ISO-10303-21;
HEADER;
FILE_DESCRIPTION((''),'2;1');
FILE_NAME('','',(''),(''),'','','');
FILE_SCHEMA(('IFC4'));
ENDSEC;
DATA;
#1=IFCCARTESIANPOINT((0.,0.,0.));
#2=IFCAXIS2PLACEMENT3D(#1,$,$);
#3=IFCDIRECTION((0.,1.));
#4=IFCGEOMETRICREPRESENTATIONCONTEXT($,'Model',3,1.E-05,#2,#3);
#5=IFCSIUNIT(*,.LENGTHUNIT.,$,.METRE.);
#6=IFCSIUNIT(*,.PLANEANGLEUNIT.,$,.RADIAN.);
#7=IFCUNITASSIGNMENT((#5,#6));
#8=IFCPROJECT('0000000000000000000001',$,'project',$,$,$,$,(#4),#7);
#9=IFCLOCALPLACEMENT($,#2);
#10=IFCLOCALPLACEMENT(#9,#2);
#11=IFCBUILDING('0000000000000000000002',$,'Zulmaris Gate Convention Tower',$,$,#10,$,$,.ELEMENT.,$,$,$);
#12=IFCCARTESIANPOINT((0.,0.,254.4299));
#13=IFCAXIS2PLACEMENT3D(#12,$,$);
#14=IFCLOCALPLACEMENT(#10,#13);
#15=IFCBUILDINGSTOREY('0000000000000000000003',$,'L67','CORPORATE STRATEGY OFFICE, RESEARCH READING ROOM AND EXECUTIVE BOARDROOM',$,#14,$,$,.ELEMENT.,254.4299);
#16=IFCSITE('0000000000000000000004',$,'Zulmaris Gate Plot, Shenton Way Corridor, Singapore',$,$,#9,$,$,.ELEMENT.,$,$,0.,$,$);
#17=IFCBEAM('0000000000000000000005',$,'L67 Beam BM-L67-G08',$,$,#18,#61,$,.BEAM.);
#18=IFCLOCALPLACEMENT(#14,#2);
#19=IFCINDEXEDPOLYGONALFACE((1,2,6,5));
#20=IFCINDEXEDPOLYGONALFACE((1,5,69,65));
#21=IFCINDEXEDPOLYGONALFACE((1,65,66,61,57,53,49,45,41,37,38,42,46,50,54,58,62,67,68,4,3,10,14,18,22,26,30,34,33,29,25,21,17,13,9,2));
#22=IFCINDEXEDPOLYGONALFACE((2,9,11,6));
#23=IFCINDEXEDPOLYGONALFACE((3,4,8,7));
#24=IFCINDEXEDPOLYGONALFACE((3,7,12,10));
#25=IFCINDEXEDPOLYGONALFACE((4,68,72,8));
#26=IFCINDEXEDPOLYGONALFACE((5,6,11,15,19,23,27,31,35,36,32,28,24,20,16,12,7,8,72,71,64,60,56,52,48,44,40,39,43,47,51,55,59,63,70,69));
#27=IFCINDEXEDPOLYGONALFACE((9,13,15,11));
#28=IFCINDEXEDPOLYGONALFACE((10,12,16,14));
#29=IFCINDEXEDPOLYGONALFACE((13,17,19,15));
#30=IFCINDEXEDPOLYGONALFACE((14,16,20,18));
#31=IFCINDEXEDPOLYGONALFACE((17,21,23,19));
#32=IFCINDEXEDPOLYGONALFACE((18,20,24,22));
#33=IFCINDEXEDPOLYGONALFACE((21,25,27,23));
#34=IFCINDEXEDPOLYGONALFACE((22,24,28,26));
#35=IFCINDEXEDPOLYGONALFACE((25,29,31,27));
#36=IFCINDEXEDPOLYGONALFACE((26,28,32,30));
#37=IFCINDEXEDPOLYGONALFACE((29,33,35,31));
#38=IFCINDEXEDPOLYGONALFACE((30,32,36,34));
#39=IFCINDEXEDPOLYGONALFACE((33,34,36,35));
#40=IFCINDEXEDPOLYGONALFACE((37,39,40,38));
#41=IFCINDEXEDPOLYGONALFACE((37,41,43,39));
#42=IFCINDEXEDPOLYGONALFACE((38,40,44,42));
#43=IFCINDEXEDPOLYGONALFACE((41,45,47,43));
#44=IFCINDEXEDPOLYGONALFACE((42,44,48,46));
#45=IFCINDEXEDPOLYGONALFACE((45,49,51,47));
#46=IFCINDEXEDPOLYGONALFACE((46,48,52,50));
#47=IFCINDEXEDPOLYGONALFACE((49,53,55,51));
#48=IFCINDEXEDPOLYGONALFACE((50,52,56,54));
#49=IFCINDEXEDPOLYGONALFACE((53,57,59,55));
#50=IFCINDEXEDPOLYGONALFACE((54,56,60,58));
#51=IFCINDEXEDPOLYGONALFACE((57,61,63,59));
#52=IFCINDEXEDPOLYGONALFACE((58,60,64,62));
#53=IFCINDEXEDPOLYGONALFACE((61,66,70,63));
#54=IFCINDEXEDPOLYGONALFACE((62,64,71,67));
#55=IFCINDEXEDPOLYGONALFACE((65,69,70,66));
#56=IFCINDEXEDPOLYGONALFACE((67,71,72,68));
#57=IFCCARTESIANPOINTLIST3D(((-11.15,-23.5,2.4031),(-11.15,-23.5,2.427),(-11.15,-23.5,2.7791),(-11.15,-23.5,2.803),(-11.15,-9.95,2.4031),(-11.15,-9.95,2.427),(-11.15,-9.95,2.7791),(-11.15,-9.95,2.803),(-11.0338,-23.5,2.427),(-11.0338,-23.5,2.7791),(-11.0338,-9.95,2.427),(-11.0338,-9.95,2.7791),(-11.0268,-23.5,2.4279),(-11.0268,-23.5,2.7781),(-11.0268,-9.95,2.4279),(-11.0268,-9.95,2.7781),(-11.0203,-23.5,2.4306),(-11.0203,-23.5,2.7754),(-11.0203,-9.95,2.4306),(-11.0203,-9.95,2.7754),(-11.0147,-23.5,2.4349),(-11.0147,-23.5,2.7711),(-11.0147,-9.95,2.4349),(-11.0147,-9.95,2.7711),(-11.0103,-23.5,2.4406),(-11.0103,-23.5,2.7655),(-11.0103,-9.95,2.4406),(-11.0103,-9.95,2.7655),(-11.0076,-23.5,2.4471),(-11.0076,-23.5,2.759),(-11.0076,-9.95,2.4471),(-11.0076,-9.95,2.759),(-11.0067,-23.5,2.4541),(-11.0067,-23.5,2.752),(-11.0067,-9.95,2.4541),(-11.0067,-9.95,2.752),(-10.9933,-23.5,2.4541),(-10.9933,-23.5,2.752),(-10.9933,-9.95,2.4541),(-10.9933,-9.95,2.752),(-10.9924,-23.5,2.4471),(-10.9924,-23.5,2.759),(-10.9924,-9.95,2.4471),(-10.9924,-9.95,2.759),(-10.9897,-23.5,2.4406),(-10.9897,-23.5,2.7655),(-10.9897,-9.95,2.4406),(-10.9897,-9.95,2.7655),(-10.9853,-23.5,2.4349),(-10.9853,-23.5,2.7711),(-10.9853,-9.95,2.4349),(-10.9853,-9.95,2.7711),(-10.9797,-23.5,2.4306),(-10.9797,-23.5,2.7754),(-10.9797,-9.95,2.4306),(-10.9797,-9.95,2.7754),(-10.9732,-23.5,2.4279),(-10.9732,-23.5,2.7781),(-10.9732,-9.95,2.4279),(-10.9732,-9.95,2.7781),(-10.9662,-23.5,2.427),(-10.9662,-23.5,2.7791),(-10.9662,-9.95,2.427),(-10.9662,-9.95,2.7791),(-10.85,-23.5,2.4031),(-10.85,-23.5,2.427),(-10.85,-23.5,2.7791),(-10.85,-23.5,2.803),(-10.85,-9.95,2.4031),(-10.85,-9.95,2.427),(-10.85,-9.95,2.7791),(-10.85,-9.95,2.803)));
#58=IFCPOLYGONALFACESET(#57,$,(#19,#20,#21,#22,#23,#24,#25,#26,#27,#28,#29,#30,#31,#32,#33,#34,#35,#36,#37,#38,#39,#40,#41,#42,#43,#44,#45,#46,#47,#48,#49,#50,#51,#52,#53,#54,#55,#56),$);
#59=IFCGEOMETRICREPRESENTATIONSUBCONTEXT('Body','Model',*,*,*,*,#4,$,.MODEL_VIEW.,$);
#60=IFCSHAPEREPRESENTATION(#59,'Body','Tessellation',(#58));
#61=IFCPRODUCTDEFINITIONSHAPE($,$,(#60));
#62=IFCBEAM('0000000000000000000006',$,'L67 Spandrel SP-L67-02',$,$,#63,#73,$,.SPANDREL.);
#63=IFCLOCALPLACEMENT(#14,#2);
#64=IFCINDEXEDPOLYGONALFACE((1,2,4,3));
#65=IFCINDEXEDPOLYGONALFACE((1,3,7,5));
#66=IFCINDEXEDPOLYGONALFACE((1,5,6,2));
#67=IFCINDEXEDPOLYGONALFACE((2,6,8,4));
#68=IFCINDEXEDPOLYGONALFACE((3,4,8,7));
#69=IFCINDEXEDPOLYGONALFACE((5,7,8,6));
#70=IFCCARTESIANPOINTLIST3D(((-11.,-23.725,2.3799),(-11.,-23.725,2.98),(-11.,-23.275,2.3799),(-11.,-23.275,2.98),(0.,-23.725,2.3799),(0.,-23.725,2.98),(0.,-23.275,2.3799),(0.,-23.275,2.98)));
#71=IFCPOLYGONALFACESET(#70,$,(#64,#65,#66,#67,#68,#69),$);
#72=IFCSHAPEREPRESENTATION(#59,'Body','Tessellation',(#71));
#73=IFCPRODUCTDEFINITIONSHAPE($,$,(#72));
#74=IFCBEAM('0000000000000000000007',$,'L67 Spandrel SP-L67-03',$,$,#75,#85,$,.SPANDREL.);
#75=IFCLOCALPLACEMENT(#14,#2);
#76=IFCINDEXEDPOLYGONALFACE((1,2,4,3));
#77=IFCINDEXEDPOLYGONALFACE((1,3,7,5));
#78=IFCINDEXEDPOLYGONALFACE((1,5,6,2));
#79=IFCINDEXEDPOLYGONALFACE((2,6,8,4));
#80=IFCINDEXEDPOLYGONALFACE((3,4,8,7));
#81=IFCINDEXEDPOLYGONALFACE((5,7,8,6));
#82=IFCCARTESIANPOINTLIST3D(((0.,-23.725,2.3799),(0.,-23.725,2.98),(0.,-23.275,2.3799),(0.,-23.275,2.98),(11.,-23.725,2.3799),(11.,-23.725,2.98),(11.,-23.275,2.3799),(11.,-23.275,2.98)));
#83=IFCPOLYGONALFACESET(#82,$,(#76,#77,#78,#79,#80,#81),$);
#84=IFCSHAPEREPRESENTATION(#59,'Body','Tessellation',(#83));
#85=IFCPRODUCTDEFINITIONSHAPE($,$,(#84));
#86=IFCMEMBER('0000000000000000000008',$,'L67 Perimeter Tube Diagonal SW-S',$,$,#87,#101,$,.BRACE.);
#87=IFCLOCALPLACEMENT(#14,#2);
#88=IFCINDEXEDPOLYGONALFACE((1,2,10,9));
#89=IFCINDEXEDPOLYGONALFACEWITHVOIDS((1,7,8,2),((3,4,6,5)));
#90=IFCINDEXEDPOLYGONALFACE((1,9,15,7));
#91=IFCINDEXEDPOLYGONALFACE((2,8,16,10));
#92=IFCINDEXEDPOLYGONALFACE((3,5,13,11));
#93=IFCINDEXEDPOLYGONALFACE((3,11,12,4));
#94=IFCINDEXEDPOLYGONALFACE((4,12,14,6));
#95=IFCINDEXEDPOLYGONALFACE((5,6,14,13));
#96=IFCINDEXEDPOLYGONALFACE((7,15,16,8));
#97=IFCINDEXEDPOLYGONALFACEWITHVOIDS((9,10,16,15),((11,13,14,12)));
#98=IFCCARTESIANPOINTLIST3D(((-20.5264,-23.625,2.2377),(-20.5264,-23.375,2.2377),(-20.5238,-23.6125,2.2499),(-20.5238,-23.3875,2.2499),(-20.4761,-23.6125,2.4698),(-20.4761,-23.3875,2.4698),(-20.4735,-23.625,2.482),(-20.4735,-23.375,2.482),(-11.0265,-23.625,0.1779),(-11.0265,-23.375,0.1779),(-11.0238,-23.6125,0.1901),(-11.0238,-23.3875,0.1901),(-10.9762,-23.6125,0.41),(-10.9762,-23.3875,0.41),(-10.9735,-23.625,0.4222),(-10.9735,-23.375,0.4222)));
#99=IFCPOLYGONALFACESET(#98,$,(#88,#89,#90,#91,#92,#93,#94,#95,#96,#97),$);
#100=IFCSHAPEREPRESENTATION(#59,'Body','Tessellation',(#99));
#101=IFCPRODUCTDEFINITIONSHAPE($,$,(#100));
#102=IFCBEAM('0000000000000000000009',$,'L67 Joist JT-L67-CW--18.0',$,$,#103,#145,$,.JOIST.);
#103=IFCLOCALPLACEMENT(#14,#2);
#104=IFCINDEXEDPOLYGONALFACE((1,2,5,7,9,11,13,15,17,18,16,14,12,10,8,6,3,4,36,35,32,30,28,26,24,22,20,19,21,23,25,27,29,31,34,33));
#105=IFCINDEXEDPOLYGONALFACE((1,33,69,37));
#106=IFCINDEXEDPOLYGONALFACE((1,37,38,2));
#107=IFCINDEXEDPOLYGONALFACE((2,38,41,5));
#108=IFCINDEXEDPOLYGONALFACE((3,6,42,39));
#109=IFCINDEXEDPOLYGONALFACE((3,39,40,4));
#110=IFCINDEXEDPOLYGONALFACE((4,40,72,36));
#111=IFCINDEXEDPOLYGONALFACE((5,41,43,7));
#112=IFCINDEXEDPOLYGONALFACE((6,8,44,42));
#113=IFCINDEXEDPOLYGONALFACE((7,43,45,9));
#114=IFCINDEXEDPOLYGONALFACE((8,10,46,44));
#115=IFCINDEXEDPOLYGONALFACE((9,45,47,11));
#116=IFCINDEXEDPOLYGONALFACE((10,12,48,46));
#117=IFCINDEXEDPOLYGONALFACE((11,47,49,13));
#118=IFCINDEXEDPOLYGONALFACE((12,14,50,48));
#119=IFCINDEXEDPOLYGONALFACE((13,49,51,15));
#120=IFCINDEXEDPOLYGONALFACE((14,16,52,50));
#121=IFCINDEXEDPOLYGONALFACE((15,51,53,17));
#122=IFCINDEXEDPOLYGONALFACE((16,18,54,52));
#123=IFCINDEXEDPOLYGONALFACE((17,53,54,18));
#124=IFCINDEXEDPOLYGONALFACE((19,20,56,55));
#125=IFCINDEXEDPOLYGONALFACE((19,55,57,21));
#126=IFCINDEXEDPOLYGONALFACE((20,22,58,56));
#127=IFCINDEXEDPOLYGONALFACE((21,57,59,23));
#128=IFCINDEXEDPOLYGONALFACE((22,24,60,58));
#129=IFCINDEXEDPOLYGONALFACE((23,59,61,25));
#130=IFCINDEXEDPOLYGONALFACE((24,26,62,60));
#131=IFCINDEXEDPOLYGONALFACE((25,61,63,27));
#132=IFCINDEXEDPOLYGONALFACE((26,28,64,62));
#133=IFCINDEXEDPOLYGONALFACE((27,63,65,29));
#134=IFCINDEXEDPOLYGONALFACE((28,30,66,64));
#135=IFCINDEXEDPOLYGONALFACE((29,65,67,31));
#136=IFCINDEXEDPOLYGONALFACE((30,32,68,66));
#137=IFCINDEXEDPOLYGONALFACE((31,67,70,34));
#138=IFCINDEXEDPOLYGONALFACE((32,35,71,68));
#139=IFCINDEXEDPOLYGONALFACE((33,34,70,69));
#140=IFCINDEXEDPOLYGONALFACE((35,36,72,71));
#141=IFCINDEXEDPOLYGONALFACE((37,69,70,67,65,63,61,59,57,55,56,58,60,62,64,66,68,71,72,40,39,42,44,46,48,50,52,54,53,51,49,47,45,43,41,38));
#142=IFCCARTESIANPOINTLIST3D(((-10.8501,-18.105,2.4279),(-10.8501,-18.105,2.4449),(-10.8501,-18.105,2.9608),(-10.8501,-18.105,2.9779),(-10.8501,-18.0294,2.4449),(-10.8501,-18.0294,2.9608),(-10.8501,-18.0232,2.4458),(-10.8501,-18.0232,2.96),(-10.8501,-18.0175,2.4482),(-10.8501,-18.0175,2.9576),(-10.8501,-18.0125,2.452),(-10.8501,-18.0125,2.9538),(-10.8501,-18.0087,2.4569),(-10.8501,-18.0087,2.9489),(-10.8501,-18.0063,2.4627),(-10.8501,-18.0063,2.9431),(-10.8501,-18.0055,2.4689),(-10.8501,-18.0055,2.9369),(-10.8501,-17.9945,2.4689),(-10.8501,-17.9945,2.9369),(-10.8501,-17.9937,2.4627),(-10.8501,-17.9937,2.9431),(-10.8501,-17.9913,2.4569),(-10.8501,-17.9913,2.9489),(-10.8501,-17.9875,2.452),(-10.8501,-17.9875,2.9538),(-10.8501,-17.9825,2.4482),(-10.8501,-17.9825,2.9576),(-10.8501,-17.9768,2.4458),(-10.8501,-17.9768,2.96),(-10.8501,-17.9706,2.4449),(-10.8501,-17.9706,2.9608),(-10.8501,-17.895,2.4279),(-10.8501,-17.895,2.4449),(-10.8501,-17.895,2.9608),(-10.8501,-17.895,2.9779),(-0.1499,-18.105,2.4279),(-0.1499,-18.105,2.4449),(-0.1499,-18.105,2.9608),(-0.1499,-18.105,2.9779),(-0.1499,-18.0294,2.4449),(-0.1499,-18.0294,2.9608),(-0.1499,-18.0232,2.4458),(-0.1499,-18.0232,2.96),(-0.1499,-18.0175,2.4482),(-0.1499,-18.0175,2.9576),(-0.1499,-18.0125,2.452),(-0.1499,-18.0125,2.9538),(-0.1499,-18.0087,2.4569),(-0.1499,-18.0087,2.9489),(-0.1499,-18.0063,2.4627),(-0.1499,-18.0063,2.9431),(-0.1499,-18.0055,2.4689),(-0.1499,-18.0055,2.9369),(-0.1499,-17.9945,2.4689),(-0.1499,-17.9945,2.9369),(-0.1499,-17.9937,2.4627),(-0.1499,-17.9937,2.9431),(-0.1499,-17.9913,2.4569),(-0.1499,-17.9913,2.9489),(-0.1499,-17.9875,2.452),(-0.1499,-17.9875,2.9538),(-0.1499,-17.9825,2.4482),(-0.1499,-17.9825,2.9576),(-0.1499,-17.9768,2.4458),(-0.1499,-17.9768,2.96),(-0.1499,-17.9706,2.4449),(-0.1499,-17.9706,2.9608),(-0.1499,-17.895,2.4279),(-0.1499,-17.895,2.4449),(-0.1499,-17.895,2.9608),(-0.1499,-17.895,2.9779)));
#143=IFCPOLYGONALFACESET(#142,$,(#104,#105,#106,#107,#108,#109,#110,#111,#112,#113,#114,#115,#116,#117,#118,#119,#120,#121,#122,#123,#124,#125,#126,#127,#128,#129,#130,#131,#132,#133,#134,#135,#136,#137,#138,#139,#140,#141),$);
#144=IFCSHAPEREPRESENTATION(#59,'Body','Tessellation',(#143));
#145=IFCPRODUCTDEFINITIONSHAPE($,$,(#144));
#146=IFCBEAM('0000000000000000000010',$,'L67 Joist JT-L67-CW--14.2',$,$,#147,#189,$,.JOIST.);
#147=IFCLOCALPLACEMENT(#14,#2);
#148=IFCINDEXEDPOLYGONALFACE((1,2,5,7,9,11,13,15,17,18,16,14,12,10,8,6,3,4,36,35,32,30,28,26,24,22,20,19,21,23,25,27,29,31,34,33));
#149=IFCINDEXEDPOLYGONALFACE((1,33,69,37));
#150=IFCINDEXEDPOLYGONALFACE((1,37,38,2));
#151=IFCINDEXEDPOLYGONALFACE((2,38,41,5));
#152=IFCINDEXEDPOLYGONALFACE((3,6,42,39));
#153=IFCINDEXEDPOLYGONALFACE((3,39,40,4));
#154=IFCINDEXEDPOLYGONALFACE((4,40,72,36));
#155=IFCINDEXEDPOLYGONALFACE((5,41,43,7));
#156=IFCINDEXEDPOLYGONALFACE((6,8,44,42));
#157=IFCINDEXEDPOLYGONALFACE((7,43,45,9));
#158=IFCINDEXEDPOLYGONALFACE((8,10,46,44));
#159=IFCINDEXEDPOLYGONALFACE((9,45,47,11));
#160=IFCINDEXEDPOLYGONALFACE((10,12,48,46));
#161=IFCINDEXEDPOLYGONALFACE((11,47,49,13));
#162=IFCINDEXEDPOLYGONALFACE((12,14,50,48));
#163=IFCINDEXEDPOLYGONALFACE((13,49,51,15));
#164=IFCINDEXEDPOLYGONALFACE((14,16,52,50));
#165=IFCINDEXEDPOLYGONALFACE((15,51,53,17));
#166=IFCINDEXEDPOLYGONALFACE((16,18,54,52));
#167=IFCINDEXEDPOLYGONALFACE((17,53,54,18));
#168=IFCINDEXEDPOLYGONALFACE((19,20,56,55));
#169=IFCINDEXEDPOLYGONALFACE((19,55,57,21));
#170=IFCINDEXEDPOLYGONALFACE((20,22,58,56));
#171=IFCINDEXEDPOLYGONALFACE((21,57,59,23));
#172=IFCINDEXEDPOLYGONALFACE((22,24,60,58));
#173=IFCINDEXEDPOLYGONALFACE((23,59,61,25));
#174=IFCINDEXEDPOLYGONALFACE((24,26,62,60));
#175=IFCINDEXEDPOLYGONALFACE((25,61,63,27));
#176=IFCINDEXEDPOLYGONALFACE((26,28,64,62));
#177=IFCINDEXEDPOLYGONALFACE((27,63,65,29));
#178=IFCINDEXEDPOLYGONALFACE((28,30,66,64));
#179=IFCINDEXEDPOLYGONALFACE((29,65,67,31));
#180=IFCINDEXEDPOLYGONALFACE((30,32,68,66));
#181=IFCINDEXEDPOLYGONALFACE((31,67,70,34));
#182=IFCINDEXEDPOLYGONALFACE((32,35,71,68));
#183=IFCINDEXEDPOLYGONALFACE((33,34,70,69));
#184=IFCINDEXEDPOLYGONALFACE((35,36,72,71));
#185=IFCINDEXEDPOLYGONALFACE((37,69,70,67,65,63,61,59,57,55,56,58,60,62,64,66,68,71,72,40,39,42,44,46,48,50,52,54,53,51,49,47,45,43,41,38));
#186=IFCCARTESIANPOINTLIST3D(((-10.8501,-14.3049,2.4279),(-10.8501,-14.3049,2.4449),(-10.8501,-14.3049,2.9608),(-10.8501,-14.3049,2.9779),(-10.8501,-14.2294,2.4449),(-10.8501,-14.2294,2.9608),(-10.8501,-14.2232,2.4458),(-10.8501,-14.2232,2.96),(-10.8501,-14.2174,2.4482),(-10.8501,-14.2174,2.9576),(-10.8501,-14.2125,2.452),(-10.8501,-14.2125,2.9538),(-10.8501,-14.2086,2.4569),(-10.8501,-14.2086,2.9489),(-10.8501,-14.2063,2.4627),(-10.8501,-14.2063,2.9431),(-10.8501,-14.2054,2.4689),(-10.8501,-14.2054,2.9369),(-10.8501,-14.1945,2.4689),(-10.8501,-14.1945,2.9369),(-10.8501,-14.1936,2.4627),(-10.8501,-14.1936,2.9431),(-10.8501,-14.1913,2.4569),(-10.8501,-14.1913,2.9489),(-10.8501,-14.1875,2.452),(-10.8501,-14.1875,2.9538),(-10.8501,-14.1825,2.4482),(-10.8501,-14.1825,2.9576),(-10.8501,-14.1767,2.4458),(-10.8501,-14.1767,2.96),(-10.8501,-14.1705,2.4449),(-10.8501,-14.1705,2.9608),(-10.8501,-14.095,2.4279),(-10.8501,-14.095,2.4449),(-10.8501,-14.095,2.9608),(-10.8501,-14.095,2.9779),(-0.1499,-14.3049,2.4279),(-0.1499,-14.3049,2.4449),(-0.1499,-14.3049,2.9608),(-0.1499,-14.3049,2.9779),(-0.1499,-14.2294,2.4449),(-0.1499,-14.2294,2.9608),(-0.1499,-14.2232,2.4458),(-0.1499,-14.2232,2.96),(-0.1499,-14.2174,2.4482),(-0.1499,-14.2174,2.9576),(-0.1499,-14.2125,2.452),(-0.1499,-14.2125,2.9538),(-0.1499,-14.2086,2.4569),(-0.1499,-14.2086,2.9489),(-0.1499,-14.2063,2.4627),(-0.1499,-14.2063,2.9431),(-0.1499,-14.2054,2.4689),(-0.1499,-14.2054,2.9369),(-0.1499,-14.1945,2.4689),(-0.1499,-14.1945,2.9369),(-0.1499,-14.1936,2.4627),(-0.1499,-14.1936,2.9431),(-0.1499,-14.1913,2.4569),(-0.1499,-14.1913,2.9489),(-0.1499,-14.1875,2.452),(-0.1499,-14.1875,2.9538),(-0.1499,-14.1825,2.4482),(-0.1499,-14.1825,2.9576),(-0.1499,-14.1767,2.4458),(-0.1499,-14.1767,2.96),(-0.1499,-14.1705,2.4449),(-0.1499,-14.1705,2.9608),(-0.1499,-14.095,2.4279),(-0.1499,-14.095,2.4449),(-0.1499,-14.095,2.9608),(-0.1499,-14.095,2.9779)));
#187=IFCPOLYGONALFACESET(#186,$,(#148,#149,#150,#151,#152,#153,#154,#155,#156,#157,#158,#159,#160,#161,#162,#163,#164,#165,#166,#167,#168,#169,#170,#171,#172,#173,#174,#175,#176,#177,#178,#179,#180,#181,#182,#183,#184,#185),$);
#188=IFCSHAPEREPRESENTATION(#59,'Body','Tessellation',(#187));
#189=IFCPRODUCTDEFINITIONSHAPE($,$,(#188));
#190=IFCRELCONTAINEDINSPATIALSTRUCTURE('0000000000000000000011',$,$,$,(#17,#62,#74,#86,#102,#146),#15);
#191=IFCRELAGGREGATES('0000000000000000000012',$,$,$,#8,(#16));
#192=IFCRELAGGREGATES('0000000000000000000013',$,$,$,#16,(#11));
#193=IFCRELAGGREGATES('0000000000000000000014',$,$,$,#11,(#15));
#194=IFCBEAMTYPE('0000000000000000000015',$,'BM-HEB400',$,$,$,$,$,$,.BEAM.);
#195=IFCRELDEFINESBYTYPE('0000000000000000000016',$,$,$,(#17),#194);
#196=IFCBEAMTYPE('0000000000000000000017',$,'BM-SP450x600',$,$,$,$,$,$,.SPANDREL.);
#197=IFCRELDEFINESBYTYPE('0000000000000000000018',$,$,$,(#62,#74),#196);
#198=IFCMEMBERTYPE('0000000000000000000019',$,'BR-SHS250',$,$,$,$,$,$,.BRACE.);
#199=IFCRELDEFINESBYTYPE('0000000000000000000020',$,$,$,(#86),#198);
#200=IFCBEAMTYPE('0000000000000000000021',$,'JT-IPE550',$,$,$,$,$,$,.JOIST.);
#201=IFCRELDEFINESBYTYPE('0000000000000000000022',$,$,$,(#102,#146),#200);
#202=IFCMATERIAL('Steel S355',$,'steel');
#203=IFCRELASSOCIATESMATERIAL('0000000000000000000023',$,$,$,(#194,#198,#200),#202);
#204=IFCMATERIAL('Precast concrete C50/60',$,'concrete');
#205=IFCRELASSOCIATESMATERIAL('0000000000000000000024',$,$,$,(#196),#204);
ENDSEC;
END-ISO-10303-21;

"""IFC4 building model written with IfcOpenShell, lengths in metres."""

from ifc_helpers import new_model, si_unit, direction, frame, origin, origin_2d, place, context, subcontext, project, spatial, rectangle, hollow_rectangle, i_section, extrude, material, material_profile, profile_set, type_object, element, save


model = new_model("IFC4")

# Units and contexts
model_context = context("Model", 3, precision=1e-05, world=origin(), true_north=direction((0.0, 1.0)))
body_context = subcontext(model_context, "Body", "Model", "MODEL_VIEW")
ifc_project = project(units=[si_unit("LENGTHUNIT", "METRE"), si_unit("PLANEANGLEUNIT", "RADIAN")], contexts=[model_context])

# Site, building, storey
site_placement = place(None, origin())
site = spatial("IfcSite", under=ifc_project, at=site_placement, Name="Zulmaris Gate Plot, Shenton Way Corridor, Singapore", CompositionType="ELEMENT", RefElevation=0.0)
building_placement = place(site_placement, origin())
building = spatial("IfcBuilding", under=site, at=building_placement, Name="Zulmaris Gate Convention Tower", CompositionType="ELEMENT")
storey_placement = place(building_placement, frame((0.0, 0.0, 254.4299)))
storey = spatial("IfcBuildingStorey", under=building, at=storey_placement, Name="L67", Description="CORPORATE STRATEGY OFFICE, RESEARCH READING ROOM AND EXECUTIVE BOARDROOM", CompositionType="ELEMENT", Elevation=254.4299)

# Beams
ifc_material_1 = material(Name="Steel S355", Category="steel")
ifc_material_profile_1 = material_profile(ifc_material_1, i_section(OverallWidth=0.3, OverallDepth=0.3999, WebThickness=0.0134, FlangeThickness=0.0239, FilletRadius=0.0271, at=origin_2d()), Name="HEB 400")
ifc_profile_set_1 = profile_set([ifc_material_profile_1], Name="Steel S355")
beam_type_1 = type_object("IfcBeamType", Name="BM-HEB400", PredefinedType="BEAM", material=ifc_profile_set_1)
beam_1_placement = place(storey_placement, frame((-11.0, -23.5, 2.603), z_axis=(0.0, 1.0, 0.0), x_axis=(-1.0, 0.0, 0.0)))
element("IfcBeam", 1, at=beam_1_placement, inside=storey, type_object=beam_type_1, Name="L67 Beam BM-L67-G08", PredefinedType="BEAM", context=body_context, shape_type="SweptSolid", body=[
    extrude(i_section(OverallWidth=0.3, OverallDepth=0.3999, WebThickness=0.0134, FlangeThickness=0.0239, FilletRadius=0.0271, at=origin_2d()), origin(), (0.0, 0.0, 1.0), 13.55),
])
ifc_material_2 = material(Name="Precast concrete C50/60", Category="concrete")
ifc_material_profile_2 = material_profile(ifc_material_2, rectangle(XDim=0.45, YDim=0.6001, at=origin_2d()), Name="RC SPANDREL 450x600")
ifc_profile_set_2 = profile_set([ifc_material_profile_2], Name="Precast concrete C50/60")
beam_type_2 = type_object("IfcBeamType", Name="BM-SP450x600", PredefinedType="SPANDREL", material=ifc_profile_set_2)
for number, where, z_axis, x_axis, name in (
    (2, (-11.0, -23.5, 2.6799), (1.0, 0.0, 0.0), (0.0, 1.0, 0.0), "L67 Spandrel SP-L67-02"),
    (3, (0.0, -23.5, 2.6799), (1.0, 0.0, 0.0), (0.0, 1.0, 0.0), "L67 Spandrel SP-L67-03"),
):
    element("IfcBeam", number, at=place(storey_placement, frame(where, z_axis=z_axis, x_axis=x_axis)), inside=storey, type_object=beam_type_2, Name=name, PredefinedType="SPANDREL", context=body_context, shape_type="SweptSolid", body=[
        extrude(rectangle(XDim=0.45, YDim=0.6001, at=origin_2d()), origin(), (0.0, 0.0, 1.0), 11.0),
    ])

# Member
ifc_material_profile_3 = material_profile(ifc_material_1, hollow_rectangle(XDim=0.25, YDim=0.25, WallThickness=0.0125, at=origin_2d()), Name="SHS 250x250x12.5")
ifc_profile_set_3 = profile_set([ifc_material_profile_3], Name="Steel S355")
member_type = type_object("IfcMemberType", Name="BR-SHS250", PredefinedType="BRACE", material=ifc_profile_set_3)
member_placement = place(storey_placement, frame((-11.0, -23.5, 0.3), z_axis=(-0.977292, 0.0, 0.211899), x_axis=(0.0, -1.0, 0.0)))
element("IfcMember", 4, at=member_placement, inside=storey, type_object=member_type, Name="L67 Perimeter Tube Diagonal SW-S", PredefinedType="BRACE", context=body_context, shape_type="SweptSolid", body=[
    extrude(hollow_rectangle(XDim=0.25, YDim=0.25, WallThickness=0.0125, at=origin_2d()), origin(), (0.0, 0.0, 1.0), 9.7207),
])

# Beams
ifc_material_profile_4 = material_profile(ifc_material_1, i_section(OverallWidth=0.21, OverallDepth=0.55, WebThickness=0.011, FlangeThickness=0.0171, FilletRadius=0.0239, at=origin_2d()), Name="IPE 550")
ifc_profile_set_4 = profile_set([ifc_material_profile_4], Name="Steel S355")
beam_type_3 = type_object("IfcBeamType", Name="JT-IPE550", PredefinedType="JOIST", material=ifc_profile_set_4)
for number, where, z_axis, x_axis, name in (
    (5, (-10.8501, -18.0, 2.7029), (1.0, 0.0, 0.0), (0.0, 1.0, 0.0), "L67 Joist JT-L67-CW--18.0"),
    (6, (-10.8501, -14.2, 2.7029), (1.0, 0.0, 0.0), (0.0, 1.0, 0.0), "L67 Joist JT-L67-CW--14.2"),
):
    element("IfcBeam", number, at=place(storey_placement, frame(where, z_axis=z_axis, x_axis=x_axis)), inside=storey, type_object=beam_type_3, Name=name, PredefinedType="JOIST", context=body_context, shape_type="SweptSolid", body=[
        extrude(i_section(OverallWidth=0.21, OverallDepth=0.55, WebThickness=0.011, FlangeThickness=0.0171, FilletRadius=0.0239, at=origin_2d()), origin(), (0.0, 0.0, 1.0), 10.7002),
    ])

save(model, "model.ifc")
